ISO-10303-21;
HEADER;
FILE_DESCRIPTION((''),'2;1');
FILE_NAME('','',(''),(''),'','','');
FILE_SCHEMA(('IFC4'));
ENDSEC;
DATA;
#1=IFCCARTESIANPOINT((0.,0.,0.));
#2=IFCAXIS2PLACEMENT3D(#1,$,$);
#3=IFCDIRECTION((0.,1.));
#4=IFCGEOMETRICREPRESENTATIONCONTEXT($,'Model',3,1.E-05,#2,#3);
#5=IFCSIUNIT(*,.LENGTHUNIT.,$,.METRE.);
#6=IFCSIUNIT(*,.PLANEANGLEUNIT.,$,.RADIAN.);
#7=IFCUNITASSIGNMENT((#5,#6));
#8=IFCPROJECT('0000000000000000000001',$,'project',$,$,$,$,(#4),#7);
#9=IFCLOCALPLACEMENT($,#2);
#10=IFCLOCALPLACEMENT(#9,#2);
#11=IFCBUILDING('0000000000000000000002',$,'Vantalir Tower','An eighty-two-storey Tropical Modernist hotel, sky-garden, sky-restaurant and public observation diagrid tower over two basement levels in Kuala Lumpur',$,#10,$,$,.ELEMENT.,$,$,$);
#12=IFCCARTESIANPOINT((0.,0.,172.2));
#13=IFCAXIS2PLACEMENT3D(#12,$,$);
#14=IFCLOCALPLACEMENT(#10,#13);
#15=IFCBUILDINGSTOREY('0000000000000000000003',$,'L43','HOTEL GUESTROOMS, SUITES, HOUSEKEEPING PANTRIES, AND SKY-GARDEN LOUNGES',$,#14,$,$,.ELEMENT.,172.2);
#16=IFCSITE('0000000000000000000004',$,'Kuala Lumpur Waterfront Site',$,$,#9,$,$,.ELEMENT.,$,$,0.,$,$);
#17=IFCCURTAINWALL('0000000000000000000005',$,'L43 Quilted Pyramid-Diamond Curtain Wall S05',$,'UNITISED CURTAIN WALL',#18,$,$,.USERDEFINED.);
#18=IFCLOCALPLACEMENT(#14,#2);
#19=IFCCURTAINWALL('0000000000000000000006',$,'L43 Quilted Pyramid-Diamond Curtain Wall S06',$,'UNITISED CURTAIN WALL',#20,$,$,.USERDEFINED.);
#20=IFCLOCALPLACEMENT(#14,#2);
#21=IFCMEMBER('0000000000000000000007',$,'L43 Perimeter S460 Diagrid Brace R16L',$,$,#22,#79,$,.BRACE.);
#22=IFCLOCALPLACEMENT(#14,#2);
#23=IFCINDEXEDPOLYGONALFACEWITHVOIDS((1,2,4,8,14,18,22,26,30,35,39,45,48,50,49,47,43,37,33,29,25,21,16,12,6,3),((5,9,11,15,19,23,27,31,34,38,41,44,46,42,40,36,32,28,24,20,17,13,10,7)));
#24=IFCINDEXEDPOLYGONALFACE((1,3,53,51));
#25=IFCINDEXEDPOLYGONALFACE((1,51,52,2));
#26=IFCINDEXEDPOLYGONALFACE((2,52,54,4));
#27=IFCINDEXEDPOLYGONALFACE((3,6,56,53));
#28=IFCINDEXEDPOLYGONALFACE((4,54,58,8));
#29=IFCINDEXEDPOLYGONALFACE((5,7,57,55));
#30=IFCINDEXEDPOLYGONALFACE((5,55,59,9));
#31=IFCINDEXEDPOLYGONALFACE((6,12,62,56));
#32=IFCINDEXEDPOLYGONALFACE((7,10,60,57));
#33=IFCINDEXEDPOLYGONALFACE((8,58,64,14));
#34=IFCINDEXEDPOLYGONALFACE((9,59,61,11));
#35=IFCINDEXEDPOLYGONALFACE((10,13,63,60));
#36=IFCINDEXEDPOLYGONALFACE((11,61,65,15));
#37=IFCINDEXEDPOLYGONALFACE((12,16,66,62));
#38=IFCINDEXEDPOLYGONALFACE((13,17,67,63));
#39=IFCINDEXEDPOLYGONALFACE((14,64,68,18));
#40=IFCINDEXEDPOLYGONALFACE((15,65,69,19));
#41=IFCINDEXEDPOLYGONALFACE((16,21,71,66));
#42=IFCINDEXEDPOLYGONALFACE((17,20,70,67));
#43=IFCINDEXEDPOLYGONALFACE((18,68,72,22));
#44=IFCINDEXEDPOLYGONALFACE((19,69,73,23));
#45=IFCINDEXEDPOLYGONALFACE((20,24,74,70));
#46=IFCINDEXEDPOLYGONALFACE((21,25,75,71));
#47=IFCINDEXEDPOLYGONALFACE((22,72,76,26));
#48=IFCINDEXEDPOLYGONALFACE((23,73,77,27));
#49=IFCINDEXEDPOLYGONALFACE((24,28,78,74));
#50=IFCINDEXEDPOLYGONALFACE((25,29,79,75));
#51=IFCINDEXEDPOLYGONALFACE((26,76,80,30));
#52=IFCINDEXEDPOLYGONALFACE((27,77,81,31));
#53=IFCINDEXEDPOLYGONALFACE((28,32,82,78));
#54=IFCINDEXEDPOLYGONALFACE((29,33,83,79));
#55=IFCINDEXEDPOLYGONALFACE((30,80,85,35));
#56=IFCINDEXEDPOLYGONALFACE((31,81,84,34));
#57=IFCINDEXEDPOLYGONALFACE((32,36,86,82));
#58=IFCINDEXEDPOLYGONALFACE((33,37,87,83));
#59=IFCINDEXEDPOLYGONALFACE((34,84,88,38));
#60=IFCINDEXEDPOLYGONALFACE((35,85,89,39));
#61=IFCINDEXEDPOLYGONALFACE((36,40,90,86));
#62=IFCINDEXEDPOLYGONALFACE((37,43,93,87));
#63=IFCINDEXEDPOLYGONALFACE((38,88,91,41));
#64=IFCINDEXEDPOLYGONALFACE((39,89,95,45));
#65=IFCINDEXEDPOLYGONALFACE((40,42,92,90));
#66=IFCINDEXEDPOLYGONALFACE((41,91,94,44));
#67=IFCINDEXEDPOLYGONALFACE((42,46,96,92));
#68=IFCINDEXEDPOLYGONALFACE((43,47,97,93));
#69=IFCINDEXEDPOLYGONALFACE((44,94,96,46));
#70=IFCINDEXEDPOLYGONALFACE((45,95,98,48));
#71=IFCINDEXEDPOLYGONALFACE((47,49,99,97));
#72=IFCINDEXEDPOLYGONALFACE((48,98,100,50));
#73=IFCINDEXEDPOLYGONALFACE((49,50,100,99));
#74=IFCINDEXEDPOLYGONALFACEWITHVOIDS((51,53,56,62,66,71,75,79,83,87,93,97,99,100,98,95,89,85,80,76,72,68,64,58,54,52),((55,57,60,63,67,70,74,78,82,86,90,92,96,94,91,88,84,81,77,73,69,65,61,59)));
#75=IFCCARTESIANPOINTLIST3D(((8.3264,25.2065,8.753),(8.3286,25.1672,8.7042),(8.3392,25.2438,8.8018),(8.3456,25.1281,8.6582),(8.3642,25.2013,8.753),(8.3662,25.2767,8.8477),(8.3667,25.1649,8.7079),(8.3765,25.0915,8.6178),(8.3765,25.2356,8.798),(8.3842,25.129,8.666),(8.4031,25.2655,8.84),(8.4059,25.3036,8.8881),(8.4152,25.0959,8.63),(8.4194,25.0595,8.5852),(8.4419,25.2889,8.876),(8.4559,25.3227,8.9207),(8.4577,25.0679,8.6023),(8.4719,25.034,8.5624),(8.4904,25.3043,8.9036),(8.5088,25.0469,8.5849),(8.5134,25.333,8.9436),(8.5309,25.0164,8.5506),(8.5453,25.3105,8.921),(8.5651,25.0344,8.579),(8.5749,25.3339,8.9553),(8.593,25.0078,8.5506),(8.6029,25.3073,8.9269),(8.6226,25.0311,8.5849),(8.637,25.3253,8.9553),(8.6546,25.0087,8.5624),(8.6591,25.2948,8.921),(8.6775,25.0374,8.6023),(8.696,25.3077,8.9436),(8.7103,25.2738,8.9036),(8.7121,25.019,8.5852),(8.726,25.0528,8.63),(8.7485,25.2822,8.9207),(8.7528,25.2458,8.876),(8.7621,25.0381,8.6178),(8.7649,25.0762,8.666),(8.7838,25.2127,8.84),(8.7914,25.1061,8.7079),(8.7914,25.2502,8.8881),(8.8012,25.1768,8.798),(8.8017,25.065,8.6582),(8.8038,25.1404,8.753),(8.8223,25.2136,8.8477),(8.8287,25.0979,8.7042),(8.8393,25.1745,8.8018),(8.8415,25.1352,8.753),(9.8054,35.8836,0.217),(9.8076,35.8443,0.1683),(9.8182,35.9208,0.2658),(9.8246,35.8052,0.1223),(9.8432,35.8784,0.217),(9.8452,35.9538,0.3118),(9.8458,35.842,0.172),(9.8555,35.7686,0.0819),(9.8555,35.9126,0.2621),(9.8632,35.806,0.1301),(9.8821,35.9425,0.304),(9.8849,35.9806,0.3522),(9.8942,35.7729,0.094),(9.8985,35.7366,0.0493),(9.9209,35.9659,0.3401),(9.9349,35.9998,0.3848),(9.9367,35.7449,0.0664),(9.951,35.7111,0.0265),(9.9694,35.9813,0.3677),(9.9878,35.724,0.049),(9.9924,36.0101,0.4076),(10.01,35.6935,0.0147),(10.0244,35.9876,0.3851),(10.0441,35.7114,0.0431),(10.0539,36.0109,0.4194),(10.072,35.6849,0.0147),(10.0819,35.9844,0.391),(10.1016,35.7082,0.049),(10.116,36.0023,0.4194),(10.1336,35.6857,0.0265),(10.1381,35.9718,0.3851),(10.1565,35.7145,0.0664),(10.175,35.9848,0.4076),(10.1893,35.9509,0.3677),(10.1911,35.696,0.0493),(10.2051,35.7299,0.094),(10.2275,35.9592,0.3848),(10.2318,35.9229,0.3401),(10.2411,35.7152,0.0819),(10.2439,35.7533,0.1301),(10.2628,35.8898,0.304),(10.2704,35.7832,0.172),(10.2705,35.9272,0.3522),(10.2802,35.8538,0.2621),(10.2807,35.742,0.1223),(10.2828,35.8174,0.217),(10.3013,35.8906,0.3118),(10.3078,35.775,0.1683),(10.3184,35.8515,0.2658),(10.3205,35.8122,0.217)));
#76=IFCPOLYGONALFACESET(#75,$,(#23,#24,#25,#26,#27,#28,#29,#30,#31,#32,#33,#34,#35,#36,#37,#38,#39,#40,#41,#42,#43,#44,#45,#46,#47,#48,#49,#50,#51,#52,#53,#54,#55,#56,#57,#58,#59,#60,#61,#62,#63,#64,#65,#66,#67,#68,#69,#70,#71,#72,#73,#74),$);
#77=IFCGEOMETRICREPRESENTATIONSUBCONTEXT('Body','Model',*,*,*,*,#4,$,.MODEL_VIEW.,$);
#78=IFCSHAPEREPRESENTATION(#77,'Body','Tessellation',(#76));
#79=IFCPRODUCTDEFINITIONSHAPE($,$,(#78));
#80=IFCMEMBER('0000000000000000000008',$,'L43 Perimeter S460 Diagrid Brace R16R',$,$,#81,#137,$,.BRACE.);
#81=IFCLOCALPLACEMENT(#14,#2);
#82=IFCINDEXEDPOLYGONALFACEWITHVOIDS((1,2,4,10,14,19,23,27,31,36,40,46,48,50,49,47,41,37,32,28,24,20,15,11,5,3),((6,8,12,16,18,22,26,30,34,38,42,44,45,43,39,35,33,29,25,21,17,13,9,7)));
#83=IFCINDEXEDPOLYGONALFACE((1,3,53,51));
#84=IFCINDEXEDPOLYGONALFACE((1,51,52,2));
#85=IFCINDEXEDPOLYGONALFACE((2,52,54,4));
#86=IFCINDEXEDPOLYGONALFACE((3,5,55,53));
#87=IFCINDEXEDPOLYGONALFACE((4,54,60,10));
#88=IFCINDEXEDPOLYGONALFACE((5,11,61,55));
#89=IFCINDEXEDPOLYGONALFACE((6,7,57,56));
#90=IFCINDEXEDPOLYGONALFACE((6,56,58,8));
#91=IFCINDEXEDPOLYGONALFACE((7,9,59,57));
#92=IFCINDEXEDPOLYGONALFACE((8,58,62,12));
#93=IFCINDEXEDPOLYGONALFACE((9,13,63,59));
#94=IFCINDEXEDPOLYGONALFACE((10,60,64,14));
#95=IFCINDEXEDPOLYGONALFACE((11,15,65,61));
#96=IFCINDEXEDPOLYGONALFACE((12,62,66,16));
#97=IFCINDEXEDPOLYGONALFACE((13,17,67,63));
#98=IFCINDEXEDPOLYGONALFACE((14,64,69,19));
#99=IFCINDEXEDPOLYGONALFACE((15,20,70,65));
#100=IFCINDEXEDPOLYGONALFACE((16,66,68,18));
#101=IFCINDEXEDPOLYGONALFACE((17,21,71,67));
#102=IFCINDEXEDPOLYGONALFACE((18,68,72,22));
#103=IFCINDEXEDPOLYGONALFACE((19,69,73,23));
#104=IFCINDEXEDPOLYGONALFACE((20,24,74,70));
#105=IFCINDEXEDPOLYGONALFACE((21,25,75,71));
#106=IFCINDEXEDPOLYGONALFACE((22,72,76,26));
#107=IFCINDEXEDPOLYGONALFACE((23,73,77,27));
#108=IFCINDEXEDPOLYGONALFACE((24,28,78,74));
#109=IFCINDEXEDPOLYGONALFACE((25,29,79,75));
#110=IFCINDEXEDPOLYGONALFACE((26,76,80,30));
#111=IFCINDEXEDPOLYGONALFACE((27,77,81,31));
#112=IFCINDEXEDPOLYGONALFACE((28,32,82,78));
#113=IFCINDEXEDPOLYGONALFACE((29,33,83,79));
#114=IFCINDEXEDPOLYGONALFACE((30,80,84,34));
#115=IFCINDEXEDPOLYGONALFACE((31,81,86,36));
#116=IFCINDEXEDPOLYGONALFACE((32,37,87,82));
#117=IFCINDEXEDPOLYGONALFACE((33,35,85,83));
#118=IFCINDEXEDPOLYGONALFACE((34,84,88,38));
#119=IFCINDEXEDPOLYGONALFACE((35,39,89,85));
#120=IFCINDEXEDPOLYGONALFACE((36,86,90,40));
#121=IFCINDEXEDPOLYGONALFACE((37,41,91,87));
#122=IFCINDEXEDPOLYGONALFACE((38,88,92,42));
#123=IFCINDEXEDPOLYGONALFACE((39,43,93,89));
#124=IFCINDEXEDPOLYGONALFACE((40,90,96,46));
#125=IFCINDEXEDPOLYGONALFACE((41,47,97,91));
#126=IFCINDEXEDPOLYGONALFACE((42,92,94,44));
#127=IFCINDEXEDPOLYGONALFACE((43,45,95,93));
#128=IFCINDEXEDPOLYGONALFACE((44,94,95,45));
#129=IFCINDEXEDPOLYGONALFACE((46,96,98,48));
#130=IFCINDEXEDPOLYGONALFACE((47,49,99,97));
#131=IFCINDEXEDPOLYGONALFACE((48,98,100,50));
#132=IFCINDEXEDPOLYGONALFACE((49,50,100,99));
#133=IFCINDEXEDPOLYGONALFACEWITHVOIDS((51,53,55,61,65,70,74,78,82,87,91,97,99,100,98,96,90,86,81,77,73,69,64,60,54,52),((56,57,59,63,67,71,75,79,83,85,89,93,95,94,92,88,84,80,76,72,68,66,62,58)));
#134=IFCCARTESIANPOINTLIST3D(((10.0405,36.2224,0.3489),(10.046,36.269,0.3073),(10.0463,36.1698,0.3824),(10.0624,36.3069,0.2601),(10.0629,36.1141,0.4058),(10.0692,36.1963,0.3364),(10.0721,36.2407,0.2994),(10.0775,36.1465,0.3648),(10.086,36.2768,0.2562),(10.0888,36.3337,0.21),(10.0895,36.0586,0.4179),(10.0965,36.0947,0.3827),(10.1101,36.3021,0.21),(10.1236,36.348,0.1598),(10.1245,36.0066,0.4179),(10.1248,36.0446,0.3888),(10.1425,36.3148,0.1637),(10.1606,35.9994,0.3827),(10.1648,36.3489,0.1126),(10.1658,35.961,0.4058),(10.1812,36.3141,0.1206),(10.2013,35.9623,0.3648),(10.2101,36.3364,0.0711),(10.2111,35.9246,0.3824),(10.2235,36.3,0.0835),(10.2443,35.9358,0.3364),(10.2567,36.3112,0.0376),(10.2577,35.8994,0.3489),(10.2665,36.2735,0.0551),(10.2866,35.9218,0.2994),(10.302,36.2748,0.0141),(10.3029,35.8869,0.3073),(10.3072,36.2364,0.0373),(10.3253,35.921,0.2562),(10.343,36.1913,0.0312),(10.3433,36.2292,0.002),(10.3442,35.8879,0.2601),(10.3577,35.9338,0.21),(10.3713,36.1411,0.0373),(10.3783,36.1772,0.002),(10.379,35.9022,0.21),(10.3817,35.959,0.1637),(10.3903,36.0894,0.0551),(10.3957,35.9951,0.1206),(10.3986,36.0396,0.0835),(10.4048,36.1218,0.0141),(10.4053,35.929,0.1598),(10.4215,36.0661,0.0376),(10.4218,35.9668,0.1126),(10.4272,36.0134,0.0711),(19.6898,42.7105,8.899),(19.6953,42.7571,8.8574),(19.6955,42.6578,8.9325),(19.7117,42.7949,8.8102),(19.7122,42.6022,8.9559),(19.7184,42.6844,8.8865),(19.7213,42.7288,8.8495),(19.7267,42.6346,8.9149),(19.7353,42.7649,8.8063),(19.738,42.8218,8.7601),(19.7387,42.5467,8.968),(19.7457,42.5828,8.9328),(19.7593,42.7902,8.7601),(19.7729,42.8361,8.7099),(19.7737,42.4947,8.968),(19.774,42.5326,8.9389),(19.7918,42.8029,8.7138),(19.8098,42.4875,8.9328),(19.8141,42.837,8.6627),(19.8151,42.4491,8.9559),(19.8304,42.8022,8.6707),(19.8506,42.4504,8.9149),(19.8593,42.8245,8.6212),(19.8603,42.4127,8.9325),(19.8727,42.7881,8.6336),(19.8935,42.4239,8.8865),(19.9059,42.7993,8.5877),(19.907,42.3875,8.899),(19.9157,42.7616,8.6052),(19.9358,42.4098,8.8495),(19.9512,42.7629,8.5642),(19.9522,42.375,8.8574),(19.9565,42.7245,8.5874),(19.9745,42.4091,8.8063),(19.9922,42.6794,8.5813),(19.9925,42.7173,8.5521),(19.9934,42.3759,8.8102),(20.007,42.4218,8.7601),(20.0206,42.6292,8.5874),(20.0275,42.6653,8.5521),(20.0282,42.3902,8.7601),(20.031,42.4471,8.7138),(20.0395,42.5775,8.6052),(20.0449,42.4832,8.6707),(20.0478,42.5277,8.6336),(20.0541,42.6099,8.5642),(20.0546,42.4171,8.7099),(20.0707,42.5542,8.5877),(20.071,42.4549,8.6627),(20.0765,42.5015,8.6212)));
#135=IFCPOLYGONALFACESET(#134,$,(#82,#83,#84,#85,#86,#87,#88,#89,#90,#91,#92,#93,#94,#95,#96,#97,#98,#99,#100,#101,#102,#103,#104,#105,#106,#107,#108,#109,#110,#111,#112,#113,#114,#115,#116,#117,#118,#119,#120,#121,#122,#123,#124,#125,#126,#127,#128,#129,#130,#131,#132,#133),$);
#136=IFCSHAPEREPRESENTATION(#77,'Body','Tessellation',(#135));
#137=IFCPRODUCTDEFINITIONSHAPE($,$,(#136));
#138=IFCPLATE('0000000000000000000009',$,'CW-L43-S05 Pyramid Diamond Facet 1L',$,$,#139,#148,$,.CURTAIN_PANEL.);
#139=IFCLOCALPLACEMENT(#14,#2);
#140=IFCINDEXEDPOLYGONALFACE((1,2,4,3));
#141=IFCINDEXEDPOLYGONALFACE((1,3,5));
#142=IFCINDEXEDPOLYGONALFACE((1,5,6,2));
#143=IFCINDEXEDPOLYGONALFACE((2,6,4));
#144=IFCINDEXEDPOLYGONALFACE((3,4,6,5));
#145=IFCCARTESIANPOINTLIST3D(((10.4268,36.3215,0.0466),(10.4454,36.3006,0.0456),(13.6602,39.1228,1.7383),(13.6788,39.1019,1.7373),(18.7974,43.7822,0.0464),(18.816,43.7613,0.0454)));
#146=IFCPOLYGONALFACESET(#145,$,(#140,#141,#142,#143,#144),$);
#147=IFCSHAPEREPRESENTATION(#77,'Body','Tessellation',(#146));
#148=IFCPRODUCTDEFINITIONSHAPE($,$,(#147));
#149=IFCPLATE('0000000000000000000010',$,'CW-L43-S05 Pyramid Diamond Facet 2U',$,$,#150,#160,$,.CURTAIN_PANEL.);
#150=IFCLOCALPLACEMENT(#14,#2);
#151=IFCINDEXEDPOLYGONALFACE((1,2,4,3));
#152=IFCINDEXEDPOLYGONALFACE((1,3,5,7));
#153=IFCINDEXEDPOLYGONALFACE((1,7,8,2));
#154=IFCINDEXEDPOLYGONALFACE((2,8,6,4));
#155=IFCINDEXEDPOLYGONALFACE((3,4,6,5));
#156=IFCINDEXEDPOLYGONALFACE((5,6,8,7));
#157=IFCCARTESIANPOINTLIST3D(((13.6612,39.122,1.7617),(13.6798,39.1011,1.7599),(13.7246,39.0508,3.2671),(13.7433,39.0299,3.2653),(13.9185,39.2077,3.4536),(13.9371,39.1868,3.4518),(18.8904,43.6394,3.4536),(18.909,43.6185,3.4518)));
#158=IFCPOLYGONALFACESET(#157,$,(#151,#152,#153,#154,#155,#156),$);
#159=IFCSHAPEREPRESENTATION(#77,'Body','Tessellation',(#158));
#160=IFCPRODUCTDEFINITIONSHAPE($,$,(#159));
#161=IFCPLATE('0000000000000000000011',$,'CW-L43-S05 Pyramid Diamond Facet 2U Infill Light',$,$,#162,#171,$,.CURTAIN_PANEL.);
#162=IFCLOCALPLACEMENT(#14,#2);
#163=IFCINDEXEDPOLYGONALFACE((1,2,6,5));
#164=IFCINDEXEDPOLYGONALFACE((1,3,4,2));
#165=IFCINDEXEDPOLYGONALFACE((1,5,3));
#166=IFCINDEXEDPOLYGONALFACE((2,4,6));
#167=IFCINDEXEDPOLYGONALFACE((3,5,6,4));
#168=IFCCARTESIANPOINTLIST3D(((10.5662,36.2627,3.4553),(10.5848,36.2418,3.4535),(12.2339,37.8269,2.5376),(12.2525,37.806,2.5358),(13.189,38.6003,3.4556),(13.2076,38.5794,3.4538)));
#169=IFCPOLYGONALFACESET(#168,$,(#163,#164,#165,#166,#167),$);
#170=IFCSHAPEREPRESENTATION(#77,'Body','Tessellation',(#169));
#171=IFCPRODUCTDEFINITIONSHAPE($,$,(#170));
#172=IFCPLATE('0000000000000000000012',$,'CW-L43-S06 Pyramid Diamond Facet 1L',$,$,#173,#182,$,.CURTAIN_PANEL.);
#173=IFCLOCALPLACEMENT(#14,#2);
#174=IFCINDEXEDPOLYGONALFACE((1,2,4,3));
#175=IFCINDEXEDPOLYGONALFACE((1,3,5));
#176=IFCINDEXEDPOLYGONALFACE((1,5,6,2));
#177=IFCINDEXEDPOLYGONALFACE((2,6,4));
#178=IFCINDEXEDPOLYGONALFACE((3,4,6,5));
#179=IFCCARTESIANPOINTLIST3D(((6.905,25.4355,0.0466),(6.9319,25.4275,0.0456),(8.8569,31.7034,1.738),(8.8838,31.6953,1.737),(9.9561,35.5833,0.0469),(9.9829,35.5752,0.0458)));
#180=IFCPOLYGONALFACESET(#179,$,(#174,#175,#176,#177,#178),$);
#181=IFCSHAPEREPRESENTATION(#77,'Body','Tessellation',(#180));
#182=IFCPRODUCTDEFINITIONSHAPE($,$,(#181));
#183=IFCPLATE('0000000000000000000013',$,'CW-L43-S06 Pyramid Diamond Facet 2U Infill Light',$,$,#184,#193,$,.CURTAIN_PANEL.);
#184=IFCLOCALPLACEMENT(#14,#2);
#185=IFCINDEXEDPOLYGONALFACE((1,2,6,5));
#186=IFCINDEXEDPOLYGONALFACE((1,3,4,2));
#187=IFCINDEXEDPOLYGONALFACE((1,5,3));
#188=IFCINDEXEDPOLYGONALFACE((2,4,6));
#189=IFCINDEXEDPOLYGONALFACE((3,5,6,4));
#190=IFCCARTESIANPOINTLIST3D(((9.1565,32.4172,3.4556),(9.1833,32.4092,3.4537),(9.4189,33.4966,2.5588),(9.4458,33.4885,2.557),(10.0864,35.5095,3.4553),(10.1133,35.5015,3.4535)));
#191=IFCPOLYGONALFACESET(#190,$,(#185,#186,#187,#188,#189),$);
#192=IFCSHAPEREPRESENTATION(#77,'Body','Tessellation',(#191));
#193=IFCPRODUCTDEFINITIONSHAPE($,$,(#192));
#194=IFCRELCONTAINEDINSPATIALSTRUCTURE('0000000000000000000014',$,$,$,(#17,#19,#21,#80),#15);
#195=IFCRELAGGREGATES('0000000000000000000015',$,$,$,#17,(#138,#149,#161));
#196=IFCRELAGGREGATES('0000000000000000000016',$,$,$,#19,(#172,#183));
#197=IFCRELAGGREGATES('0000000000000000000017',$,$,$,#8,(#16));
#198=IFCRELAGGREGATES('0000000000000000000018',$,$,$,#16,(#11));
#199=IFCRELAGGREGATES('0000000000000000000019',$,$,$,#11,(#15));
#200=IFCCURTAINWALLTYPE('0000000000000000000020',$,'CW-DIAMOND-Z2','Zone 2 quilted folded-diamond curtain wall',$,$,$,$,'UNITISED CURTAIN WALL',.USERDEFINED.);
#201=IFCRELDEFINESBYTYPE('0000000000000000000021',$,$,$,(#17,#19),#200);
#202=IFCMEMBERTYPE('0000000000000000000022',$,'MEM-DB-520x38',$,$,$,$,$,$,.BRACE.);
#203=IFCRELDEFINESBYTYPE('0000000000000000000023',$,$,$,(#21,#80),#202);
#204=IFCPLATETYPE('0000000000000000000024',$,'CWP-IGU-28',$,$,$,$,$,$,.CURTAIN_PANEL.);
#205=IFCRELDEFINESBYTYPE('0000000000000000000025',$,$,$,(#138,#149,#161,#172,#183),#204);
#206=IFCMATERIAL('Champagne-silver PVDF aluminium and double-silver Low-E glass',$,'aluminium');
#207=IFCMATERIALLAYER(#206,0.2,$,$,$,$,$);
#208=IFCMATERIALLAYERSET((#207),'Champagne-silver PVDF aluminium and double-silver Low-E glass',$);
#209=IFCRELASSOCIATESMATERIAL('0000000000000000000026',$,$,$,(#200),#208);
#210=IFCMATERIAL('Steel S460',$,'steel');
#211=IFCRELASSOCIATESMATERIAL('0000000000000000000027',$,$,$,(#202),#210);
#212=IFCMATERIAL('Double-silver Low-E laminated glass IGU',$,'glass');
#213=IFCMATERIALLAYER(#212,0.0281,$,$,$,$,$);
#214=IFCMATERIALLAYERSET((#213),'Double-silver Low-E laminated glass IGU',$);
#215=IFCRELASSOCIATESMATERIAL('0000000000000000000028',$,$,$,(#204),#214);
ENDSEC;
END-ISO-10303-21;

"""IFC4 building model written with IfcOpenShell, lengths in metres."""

from ifc_helpers import new_model, si_unit, direction, frame, origin, origin_2d, place, context, subcontext, project, spatial, polyline, hollow_circle, outline, extrude, material, layer, layer_set, material_profile, profile_set, type_object, element, aggregate, save


model = new_model("IFC4")

# Units and contexts
model_context = context("Model", 3, precision=1e-05, world=origin(), true_north=direction((0.0, 1.0)))
body_context = subcontext(model_context, "Body", "Model", "MODEL_VIEW")
ifc_project = project(units=[si_unit("LENGTHUNIT", "METRE"), si_unit("PLANEANGLEUNIT", "RADIAN")], contexts=[model_context])

# Site, building, storey
site_placement = place(None, origin())
site = spatial("IfcSite", under=ifc_project, at=site_placement, Name="Kuala Lumpur Waterfront Site", CompositionType="ELEMENT", RefElevation=0.0)
building_placement = place(site_placement, origin())
building = spatial("IfcBuilding", under=site, at=building_placement, Name="Vantalir Tower", Description="An eighty-two-storey Tropical Modernist hotel, sky-garden, sky-restaurant and public observation diagrid tower over two basement levels in Kuala Lumpur", CompositionType="ELEMENT")
storey_placement = place(building_placement, frame((0.0, 0.0, 172.2)))
storey = spatial("IfcBuildingStorey", under=building, at=storey_placement, Name="L43", Description="HOTEL GUESTROOMS, SUITES, HOUSEKEEPING PANTRIES, AND SKY-GARDEN LOUNGES", CompositionType="ELEMENT", Elevation=172.2)

# Shared definitions
ifc_material_1 = material(Name="Steel S460", Category="steel")

# Curtain wall
ifc_material_2 = material(Name="Champagne-silver PVDF aluminium and double-silver Low-E glass", Category="aluminium")
ifc_layer_1 = layer(ifc_material_2, 0.2)
ifc_layer_set_1 = layer_set([ifc_layer_1], Name="Champagne-silver PVDF aluminium and double-silver Low-E glass")
curtain_wall_type = type_object("IfcCurtainWallType", Name="CW-DIAMOND-Z2", Description="Zone 2 quilted folded-diamond curtain wall", ElementType="UNITISED CURTAIN WALL", PredefinedType="USERDEFINED", material=ifc_layer_set_1)
curtain_wall_1_placement = place(storey_placement, origin())
curtain_wall_1 = element("IfcCurtainWall", 1, at=curtain_wall_1_placement, inside=storey, type_object=curtain_wall_type, Name="L43 Quilted Pyramid-Diamond Curtain Wall S05", ObjectType="UNITISED CURTAIN WALL", PredefinedType="USERDEFINED")

# Curtain wall
curtain_wall_2_placement = place(storey_placement, origin())
curtain_wall_2 = element("IfcCurtainWall", 2, at=curtain_wall_2_placement, inside=storey, type_object=curtain_wall_type, Name="L43 Quilted Pyramid-Diamond Curtain Wall S06", ObjectType="UNITISED CURTAIN WALL", PredefinedType="USERDEFINED")

# Members
ifc_material_profile_1 = material_profile(ifc_material_1, hollow_circle(Radius=0.26, WallThickness=0.0381, at=origin_2d()), Name="Steel S460")
ifc_profile_set_1 = profile_set([ifc_material_profile_1], Name="Steel S460")
member_type_1 = type_object("IfcMemberType", Name="MEM-DB-520x38", PredefinedType="BRACE", material=ifc_profile_set_1)
member_1_placement = place(storey_placement, frame((10.063, 35.8479, 0.217), z_axis=(-0.107568, -0.776541, 0.620817), x_axis=(0.990542, -0.137212, 0.0)))
element("IfcMember", 3, at=member_1_placement, inside=storey, type_object=member_type_1, Name="L43 Perimeter S460 Diagrid Brace R16L", PredefinedType="BRACE", context=body_context, shape_type="SweptSolid", body=[
    extrude(hollow_circle(Radius=0.26, WallThickness=0.0381, at=origin_2d()), origin(), (0.0, 0.0, 1.0), 13.7495),
])
member_2_placement = place(storey_placement, frame((10.2339, 36.1179, 0.21), z_axis=(0.66856, 0.449536, 0.592406), x_axis=(-0.557986, 0.82985, 0.0)))
element("IfcMember", 4, at=member_2_placement, inside=storey, type_object=member_type_1, Name="L43 Perimeter S460 Diagrid Brace R16R", PredefinedType="BRACE", context=body_context, shape_type="SweptSolid", body=[
    extrude(hollow_circle(Radius=0.26, WallThickness=0.0381, at=origin_2d()), origin(), (0.0, 0.0, 1.0), 14.4329),
])

# Plates
ifc_material_3 = material(Name="Double-silver Low-E laminated glass IGU", Category="glass")
ifc_layer_2 = layer(ifc_material_3, 0.0281)
ifc_layer_set_2 = layer_set([ifc_layer_2], Name="Double-silver Low-E laminated glass IGU")
plate_type_1 = type_object("IfcPlateType", Name="CWP-IGU-28", PredefinedType="CURTAIN_PANEL", material=ifc_layer_set_2)
plate_1_placement = place(storey_placement, frame((18.7974, 43.7822, 0.0464), z_axis=(-0.664946, 0.746044, 0.035565), x_axis=(-0.746516, -0.665367, 0.000022)))
plate_1 = element("IfcPlate", 5, at=plate_1_placement, type_object=plate_type_1, Name="CW-L43-S05 Pyramid Diamond Facet 1L", PredefinedType="CURTAIN_PANEL", context=body_context, shape_type="SweptSolid", body=[
    extrude(outline(polyline([(0.0, 0.0), (11.2129, 0.0), (6.9353, 1.6928), (0.0, 0.0)])), origin(), (0.0, 0.0, -1.0), 0.0281),
])
plate_2_placement = place(storey_placement, frame((18.8904, 43.6394, 3.4536), z_axis=(-0.664053, 0.745004, 0.063263), x_axis=(-0.7465, -0.665386, 0.0)))
plate_2 = element("IfcPlate", 6, at=plate_2_placement, type_object=plate_type_1, Name="CW-L43-S05 Pyramid Diamond Facet 2U", PredefinedType="CURTAIN_PANEL", context=body_context, shape_type="SweptSolid", body=[
    extrude(outline(polyline([(0.0, 0.0), (6.6603, 0.0), (6.9095, -0.1869), (6.9094, -1.6953), (0.0, 0.0)])), origin(), (0.0, 0.0, -1.0), 0.0281),
])
plate_3_placement = place(storey_placement, frame((13.189, 38.6003, 3.4556), z_axis=(-0.664035, 0.74503, 0.063151), x_axis=(-0.746523, -0.66536, -0.000069)))
plate_3 = element("IfcPlate", 7, at=plate_3_placement, type_object=plate_type_1, Name="CW-L43-S05 Pyramid Diamond Facet 2U Infill Light", PredefinedType="CURTAIN_PANEL", context=body_context, shape_type="SweptSolid", body=[
    extrude(outline(polyline([(0.0, 0.0), (3.5134, 0.0), (1.2277, -0.9197), (0.0, 0.0)])), origin(), (0.0, 0.0, -1.0), 0.0281),
])
aggregate(curtain_wall_1, [plate_1, plate_2, plate_3])
plate_4_placement = place(storey_placement, frame((9.9561, 35.5833, 0.0469), z_axis=(-0.956955, 0.287719, 0.038143), x_axis=(-0.287929, -0.957652, -0.000023)))
plate_4 = element("IfcPlate", 8, at=plate_4_placement, type_object=plate_type_1, Name="CW-L43-S06 Pyramid Diamond Facet 1L", PredefinedType="CURTAIN_PANEL", context=body_context, shape_type="SweptSolid", body=[
    extrude(outline(polyline([(0.0, 0.0), (10.5964, 0.0), (4.032, 1.6925), (0.0, 0.0)])), origin(), (0.0, 0.0, -1.0), 0.0281),
])
plate_5_placement = place(storey_placement, frame((10.0864, 35.5095, 3.4553), z_axis=(-0.955531, 0.287359, 0.066217), x_axis=(-0.287986, -0.957635, 0.000076)))
plate_5 = element("IfcPlate", 9, at=plate_5_placement, type_object=plate_type_1, Name="CW-L43-S06 Pyramid Diamond Facet 2U Infill Light", PredefinedType="CURTAIN_PANEL", context=body_context, shape_type="SweptSolid", body=[
    extrude(outline(polyline([(0.0, 0.0), (3.2291, 0.0), (2.1198, -0.8986), (0.0, 0.0)])), origin(), (0.0, 0.0, -1.0), 0.0281),
])
aggregate(curtain_wall_2, [plate_4, plate_5])

save(model, "model.ifc")
